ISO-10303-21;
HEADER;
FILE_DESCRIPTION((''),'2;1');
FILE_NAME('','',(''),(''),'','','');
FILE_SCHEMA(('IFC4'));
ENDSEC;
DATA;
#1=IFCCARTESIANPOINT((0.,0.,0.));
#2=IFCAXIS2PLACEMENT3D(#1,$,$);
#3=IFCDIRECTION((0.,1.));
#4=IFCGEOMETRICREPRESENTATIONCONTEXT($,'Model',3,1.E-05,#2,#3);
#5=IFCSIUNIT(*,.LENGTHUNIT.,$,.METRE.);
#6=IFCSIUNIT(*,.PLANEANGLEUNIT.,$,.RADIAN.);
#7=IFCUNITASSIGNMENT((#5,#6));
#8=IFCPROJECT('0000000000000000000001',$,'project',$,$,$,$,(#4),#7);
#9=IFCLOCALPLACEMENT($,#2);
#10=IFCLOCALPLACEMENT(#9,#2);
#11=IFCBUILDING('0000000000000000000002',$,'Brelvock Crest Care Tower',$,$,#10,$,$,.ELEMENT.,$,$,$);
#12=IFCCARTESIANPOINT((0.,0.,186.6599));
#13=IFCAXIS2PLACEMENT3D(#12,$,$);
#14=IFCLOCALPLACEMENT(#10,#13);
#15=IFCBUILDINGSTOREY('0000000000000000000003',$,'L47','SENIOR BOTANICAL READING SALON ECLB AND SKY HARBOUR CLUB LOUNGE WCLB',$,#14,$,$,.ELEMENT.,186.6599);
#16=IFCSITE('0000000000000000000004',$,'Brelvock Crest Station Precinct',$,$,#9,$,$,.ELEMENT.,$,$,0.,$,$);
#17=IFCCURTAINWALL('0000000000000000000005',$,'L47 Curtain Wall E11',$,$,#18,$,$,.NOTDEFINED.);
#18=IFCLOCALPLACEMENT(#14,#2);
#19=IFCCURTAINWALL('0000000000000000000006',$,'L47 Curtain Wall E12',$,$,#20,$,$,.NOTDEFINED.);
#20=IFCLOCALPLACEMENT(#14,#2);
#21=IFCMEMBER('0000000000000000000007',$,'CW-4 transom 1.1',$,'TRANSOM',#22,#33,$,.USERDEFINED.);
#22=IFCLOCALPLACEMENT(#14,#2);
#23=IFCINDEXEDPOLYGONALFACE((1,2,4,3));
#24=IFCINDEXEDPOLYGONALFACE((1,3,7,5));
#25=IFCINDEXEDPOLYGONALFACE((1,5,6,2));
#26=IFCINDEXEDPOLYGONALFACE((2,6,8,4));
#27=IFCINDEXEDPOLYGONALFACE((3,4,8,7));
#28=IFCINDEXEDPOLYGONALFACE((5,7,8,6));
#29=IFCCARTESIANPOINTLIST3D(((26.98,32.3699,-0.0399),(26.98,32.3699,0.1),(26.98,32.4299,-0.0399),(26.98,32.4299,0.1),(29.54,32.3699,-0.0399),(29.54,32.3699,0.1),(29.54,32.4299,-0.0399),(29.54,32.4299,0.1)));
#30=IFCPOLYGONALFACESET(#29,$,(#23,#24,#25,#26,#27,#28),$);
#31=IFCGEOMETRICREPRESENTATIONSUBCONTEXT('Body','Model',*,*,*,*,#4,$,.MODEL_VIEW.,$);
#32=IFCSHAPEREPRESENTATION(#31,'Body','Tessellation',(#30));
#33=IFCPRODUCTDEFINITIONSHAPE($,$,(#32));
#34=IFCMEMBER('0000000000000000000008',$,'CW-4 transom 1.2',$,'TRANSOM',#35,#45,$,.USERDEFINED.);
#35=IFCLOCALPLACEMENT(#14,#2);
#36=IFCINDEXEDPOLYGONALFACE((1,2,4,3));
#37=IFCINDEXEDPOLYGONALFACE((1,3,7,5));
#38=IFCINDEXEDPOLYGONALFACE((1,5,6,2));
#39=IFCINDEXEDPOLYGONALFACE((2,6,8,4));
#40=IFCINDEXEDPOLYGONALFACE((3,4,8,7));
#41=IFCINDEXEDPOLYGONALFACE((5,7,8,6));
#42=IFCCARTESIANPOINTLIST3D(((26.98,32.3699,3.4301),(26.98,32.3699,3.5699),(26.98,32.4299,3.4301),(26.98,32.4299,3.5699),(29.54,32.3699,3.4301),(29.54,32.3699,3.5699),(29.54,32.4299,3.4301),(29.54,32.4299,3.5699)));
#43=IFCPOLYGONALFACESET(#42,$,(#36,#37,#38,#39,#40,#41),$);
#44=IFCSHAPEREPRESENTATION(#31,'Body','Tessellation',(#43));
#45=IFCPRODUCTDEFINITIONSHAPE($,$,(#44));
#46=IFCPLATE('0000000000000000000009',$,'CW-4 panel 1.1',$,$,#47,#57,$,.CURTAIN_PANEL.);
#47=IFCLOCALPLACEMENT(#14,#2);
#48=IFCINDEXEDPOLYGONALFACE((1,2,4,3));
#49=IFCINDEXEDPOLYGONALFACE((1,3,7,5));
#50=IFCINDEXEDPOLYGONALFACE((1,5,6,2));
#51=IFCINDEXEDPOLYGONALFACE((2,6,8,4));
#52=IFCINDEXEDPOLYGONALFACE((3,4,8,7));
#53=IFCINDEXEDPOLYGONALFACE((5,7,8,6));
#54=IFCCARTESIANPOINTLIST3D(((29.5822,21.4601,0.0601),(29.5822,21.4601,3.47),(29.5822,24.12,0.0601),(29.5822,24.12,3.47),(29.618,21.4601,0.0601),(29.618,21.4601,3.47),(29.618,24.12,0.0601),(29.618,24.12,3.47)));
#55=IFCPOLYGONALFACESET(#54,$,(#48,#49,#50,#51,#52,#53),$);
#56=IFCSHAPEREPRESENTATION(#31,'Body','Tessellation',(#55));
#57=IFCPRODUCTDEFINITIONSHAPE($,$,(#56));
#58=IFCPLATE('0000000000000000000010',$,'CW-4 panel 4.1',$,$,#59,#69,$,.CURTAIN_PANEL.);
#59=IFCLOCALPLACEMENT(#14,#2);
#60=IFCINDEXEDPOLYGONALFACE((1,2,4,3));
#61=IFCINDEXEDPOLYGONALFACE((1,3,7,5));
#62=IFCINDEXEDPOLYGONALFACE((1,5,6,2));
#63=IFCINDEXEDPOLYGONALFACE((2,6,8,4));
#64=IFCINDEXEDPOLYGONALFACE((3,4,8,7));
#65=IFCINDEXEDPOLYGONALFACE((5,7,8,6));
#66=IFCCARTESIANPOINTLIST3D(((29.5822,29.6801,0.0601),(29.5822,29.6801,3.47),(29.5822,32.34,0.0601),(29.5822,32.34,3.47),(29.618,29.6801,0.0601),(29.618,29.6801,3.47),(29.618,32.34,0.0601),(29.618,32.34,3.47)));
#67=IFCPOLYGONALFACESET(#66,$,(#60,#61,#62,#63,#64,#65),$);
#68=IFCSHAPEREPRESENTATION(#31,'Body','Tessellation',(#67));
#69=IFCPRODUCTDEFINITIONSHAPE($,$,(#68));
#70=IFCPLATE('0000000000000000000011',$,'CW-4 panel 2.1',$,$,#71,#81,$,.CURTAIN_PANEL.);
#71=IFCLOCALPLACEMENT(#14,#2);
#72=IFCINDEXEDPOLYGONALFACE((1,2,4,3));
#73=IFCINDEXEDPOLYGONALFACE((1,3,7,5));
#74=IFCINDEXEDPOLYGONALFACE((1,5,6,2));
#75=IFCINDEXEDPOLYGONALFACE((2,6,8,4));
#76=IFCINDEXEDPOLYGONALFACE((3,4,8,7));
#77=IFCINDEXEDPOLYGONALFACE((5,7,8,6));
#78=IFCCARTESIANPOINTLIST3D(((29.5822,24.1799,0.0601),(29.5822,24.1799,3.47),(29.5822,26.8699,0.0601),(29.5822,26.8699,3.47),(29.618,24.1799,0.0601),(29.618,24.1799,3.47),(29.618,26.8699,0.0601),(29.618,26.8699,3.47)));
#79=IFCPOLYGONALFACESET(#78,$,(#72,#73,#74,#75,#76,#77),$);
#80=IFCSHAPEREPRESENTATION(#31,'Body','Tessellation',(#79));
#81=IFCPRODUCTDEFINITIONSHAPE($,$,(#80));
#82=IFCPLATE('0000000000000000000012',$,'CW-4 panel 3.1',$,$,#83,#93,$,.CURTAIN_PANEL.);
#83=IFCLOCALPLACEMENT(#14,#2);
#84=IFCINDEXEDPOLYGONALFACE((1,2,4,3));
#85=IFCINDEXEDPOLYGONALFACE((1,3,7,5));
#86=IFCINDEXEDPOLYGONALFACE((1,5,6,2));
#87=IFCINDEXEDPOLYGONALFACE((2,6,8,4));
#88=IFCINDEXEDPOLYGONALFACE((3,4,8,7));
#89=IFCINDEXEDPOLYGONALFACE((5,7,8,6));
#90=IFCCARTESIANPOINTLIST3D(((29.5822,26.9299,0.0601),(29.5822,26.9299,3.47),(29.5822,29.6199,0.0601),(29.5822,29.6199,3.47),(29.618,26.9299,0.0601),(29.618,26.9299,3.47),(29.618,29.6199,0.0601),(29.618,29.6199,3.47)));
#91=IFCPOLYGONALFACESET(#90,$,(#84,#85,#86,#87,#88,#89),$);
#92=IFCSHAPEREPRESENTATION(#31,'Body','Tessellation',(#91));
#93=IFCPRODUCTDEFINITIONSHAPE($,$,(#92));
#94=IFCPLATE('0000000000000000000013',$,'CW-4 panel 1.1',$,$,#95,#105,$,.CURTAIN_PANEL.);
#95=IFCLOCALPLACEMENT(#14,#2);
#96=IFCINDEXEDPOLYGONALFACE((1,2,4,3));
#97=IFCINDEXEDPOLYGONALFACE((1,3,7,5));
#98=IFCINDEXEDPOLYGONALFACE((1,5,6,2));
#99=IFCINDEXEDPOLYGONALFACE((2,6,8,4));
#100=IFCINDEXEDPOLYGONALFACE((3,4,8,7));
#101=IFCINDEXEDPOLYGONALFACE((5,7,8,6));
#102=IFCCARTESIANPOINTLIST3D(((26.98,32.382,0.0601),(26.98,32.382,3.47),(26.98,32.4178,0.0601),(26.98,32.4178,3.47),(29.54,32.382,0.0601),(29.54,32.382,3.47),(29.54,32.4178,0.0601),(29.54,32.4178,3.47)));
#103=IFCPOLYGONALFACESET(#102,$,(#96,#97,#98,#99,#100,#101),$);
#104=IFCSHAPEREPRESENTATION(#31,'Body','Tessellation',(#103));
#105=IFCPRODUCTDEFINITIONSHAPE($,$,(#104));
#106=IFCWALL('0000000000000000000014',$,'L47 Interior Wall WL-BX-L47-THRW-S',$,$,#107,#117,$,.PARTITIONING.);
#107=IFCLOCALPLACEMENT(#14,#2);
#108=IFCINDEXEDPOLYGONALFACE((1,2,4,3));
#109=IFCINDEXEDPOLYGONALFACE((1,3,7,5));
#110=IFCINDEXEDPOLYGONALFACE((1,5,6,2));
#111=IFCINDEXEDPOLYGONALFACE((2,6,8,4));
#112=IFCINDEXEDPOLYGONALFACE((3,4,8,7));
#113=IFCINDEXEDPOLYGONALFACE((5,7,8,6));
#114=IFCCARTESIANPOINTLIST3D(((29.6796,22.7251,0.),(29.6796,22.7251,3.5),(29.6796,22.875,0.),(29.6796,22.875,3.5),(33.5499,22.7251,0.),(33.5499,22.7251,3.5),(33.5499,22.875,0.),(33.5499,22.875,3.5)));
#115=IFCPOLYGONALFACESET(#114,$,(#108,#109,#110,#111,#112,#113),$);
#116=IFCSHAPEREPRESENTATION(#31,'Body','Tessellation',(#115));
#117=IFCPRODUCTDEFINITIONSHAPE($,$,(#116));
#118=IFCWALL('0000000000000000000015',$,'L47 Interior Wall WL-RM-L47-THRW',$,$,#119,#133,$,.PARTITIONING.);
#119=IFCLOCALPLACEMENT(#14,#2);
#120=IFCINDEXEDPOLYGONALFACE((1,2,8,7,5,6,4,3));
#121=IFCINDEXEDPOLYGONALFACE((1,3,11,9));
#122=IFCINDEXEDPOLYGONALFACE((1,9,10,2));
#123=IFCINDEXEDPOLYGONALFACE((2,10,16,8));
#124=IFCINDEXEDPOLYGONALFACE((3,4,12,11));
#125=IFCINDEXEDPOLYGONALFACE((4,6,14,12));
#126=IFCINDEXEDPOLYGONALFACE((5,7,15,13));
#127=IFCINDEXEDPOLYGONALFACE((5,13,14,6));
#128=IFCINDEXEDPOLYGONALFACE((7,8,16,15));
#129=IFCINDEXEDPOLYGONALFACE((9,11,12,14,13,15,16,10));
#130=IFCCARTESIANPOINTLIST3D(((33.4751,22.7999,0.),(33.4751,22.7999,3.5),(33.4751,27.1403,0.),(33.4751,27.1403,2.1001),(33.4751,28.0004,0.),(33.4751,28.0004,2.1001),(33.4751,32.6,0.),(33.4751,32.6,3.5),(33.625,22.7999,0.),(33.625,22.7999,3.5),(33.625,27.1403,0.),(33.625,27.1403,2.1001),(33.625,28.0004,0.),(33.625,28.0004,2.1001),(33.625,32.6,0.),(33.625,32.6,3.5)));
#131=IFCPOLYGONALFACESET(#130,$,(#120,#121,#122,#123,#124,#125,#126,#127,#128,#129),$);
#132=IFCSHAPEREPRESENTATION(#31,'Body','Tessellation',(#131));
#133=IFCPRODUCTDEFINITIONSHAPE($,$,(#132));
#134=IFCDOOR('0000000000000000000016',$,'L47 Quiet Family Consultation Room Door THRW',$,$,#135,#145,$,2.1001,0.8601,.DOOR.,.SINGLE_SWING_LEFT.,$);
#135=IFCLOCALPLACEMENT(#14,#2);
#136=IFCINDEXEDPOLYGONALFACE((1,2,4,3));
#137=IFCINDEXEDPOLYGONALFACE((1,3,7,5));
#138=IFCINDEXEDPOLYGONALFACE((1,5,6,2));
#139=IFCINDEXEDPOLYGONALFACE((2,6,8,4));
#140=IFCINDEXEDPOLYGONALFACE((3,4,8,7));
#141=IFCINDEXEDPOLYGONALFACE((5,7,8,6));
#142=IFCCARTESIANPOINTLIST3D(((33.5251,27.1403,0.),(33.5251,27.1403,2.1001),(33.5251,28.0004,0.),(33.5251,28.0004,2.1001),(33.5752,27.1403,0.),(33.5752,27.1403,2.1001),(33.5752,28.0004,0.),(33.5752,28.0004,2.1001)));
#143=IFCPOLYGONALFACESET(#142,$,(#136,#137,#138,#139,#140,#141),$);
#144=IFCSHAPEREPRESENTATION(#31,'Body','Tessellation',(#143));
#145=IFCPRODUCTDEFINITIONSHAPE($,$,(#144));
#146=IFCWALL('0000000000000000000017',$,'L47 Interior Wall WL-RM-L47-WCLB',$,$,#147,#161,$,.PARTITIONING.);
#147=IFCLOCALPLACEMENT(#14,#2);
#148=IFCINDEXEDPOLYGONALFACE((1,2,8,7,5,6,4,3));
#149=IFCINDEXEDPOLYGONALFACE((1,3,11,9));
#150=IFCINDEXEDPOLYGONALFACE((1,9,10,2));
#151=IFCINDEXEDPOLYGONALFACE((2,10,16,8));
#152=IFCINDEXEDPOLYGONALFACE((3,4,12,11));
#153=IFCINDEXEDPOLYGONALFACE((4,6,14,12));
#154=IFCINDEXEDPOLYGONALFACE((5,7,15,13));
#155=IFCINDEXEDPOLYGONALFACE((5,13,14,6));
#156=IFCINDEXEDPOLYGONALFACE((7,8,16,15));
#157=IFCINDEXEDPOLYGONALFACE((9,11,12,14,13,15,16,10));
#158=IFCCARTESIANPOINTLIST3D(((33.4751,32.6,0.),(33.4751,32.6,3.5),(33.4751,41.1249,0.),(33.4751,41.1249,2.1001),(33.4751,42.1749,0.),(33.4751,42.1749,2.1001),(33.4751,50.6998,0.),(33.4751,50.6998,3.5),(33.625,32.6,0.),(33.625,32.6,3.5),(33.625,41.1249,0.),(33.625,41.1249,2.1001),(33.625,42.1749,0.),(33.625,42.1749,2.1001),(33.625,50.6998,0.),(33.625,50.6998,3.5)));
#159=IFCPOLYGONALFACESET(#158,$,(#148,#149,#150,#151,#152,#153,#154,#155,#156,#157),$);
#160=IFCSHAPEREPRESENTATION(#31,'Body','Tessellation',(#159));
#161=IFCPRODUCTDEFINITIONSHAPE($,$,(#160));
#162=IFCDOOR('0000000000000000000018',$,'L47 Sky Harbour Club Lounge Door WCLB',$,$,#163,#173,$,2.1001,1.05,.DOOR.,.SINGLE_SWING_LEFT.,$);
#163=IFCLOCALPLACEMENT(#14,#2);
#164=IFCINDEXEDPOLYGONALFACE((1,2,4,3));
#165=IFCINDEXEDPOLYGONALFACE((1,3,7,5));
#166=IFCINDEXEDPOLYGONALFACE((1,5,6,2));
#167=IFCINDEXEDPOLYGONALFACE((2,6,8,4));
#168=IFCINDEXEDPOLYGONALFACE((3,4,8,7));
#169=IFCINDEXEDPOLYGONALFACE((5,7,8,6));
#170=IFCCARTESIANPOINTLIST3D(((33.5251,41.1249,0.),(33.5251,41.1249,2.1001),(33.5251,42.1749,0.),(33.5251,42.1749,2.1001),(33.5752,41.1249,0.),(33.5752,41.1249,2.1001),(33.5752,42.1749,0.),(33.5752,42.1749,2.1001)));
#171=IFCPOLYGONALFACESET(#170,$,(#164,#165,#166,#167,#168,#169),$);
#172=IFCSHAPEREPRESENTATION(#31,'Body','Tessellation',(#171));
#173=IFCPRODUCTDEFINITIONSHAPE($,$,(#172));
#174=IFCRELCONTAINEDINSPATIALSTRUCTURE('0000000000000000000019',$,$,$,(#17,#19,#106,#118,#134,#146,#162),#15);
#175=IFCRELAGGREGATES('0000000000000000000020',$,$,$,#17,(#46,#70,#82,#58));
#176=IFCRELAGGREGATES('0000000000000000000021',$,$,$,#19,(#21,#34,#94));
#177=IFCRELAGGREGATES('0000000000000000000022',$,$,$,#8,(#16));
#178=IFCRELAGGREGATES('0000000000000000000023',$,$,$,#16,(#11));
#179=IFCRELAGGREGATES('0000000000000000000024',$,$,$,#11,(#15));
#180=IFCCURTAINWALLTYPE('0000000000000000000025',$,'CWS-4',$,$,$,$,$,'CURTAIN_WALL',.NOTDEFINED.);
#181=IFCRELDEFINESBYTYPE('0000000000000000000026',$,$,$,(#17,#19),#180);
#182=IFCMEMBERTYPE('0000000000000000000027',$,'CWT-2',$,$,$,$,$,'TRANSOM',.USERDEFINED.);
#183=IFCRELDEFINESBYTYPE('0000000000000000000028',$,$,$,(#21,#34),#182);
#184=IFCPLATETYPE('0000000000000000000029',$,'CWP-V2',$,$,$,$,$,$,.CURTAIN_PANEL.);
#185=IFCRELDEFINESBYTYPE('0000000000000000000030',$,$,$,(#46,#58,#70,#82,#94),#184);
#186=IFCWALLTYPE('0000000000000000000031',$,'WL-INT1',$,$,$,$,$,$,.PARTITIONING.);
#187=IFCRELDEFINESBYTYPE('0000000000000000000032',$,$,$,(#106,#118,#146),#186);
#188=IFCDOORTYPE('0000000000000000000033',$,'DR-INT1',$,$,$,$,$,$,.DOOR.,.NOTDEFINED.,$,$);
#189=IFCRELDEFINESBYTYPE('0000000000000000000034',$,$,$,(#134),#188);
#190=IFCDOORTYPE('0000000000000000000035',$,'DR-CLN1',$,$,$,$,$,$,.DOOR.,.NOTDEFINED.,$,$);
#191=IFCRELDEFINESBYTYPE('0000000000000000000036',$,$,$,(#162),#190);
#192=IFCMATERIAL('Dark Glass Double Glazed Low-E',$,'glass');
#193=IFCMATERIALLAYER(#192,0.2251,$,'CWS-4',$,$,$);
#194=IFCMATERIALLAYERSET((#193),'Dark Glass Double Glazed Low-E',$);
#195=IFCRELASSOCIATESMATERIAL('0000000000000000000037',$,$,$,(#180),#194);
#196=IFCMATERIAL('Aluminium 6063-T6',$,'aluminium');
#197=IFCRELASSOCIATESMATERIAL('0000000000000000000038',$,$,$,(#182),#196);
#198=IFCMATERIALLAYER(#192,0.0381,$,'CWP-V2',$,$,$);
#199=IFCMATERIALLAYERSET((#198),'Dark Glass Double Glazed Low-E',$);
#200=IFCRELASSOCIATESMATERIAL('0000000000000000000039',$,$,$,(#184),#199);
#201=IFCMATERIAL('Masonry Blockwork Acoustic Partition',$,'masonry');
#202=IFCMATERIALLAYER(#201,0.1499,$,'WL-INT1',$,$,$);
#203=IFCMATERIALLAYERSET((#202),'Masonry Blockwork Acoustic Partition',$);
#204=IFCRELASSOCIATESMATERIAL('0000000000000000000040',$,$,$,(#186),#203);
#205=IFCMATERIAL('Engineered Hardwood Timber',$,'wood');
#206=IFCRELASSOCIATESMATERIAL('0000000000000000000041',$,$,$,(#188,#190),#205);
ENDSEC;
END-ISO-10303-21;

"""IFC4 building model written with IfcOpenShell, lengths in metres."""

from ifc_helpers import new_model, si_unit, direction, frame, frame_2d, origin, origin_2d, place, context, subcontext, project, spatial, rectangle, extrude, source, transform, mapped, material, layer, layer_set, material_profile, profile_set, type_object, element, fill, aggregate, save


model = new_model("IFC4")

# Units and contexts
model_context = context("Model", 3, precision=1e-05, world=origin(), true_north=direction((0.0, 1.0)))
body_context = subcontext(model_context, "Body", "Model", "MODEL_VIEW")
ifc_project = project(units=[si_unit("LENGTHUNIT", "METRE"), si_unit("PLANEANGLEUNIT", "RADIAN")], contexts=[model_context])

# Site, building, storey
site_placement = place(None, origin())
site = spatial("IfcSite", under=ifc_project, at=site_placement, Name="Brelvock Crest Station Precinct", CompositionType="ELEMENT", RefElevation=0.0)
building_placement = place(site_placement, origin())
building = spatial("IfcBuilding", under=site, at=building_placement, Name="Brelvock Crest Care Tower", CompositionType="ELEMENT")
storey_placement = place(building_placement, frame((0.0, 0.0, 186.6599)))
storey = spatial("IfcBuildingStorey", under=building, at=storey_placement, Name="L47", Description="SENIOR BOTANICAL READING SALON ECLB AND SKY HARBOUR CLUB LOUNGE WCLB", CompositionType="ELEMENT", Elevation=186.6599)

# Curtain wall
ifc_material_1 = material(Name="Dark Glass Double Glazed Low-E", Category="glass")
ifc_layer_1 = layer(ifc_material_1, 0.2251, Name="CWS-4")
ifc_layer_set_1 = layer_set([ifc_layer_1], Name="Dark Glass Double Glazed Low-E")
curtain_wall_type = type_object("IfcCurtainWallType", Name="CWS-4", ElementType="CURTAIN_WALL", PredefinedType="NOTDEFINED", material=ifc_layer_set_1)
curtain_wall_1_placement = place(storey_placement, origin())
curtain_wall_1 = element("IfcCurtainWall", 1, at=curtain_wall_1_placement, inside=storey, type_object=curtain_wall_type, Name="L47 Curtain Wall E11", PredefinedType="NOTDEFINED")
ifc_material_2 = material(Name="Aluminium 6063-T6", Category="aluminium")

# Curtain wall
curtain_wall_2_placement = place(storey_placement, origin())
curtain_wall_2 = element("IfcCurtainWall", 2, at=curtain_wall_2_placement, inside=storey, type_object=curtain_wall_type, Name="L47 Curtain Wall E12", PredefinedType="NOTDEFINED")

# Members
ifc_material_profile_1 = material_profile(ifc_material_2, rectangle(XDim=0.0601, YDim=0.1399, at=origin_2d()), Name="ALU60x140")
ifc_profile_set_1 = profile_set([ifc_material_profile_1], Name="Aluminium 6063-T6")
member_type_1 = type_object("IfcMemberType", Name="CWT-2", ElementType="TRANSOM", PredefinedType="USERDEFINED", material=ifc_profile_set_1)
shared_shape_1 = source(origin(), body_context, "Body", "SweptSolid", [
    extrude(rectangle(XDim=0.0601, YDim=0.1399, at=origin_2d()), origin(), (0.0, 0.0, 1.0), 2.5601),
])
member_1_placement = place(storey_placement, frame((29.54, 32.3999, 0.03), z_axis=(-1.0, 0.0, 0.0), x_axis=(0.0, -1.0, 0.0)))
member_1 = element("IfcMember", 3, at=member_1_placement, type_object=member_type_1, Name="CW-4 transom 1.1", ObjectType="TRANSOM", PredefinedType="USERDEFINED", context=body_context, shape_type="MappedRepresentation", body=[
    mapped(shared_shape_1, transform((0.0, 0.0, 0.0), x_axis=(1.0, 0.0, 0.0), y_axis=(0.0, 1.0, 0.0), z_axis=(0.0, 0.0, 1.0), scale=1.0)),
])
member_2_placement = place(storey_placement, frame((29.54, 32.3999, 3.5), z_axis=(-1.0, 0.0, 0.0), x_axis=(0.0, -1.0, 0.0)))
member_2 = element("IfcMember", 4, at=member_2_placement, type_object=member_type_1, Name="CW-4 transom 1.2", ObjectType="TRANSOM", PredefinedType="USERDEFINED", context=body_context, shape_type="MappedRepresentation", body=[
    mapped(shared_shape_1, transform((0.0, 0.0, 0.0), x_axis=(1.0, 0.0, 0.0), y_axis=(0.0, 1.0, 0.0), z_axis=(0.0, 0.0, 1.0), scale=1.0)),
])

# Plates
ifc_layer_2 = layer(ifc_material_1, 0.0381, Name="CWP-V2")
ifc_layer_set_2 = layer_set([ifc_layer_2], Name="Dark Glass Double Glazed Low-E")
plate_type = type_object("IfcPlateType", Name="CWP-V2", PredefinedType="CURTAIN_PANEL", material=ifc_layer_set_2)
shared_shape_2 = source(origin(), body_context, "Body", "SweptSolid", [
    extrude(rectangle(XDim=2.6599, YDim=0.0359, at=origin_2d()), origin(), (0.0, 0.0, 1.0), 3.4099),
])
plate_1_placement = place(storey_placement, frame((29.6001, 22.79, 0.0601), z_axis=(0.0, 0.0, 1.0), x_axis=(0.0, 1.0, 0.0)))
plate_1 = element("IfcPlate", 5, at=plate_1_placement, type_object=plate_type, Name="CW-4 panel 1.1", PredefinedType="CURTAIN_PANEL", context=body_context, shape_type="MappedRepresentation", body=[
    mapped(shared_shape_2, transform((0.0, 0.0, 0.0), x_axis=(1.0, 0.0, 0.0), y_axis=(0.0, 1.0, 0.0), z_axis=(0.0, 0.0, 1.0), scale=1.0)),
])
plate_2_placement = place(storey_placement, frame((29.6001, 31.01, 0.0601), z_axis=(0.0, 0.0, 1.0), x_axis=(0.0, 1.0, 0.0)))
plate_2 = element("IfcPlate", 6, at=plate_2_placement, type_object=plate_type, Name="CW-4 panel 4.1", PredefinedType="CURTAIN_PANEL", context=body_context, shape_type="MappedRepresentation", body=[
    mapped(shared_shape_2, transform((0.0, 0.0, 0.0), x_axis=(1.0, 0.0, 0.0), y_axis=(0.0, 1.0, 0.0), z_axis=(0.0, 0.0, 1.0), scale=1.0)),
])
shared_shape_3 = source(origin(), body_context, "Body", "SweptSolid", [
    extrude(rectangle(XDim=2.6899, YDim=0.0359, at=origin_2d()), origin(), (0.0, 0.0, 1.0), 3.4099),
])
plate_3_placement = place(storey_placement, frame((29.6001, 25.5249, 0.0601), z_axis=(0.0, 0.0, 1.0), x_axis=(0.0, 1.0, 0.0)))
plate_3 = element("IfcPlate", 7, at=plate_3_placement, type_object=plate_type, Name="CW-4 panel 2.1", PredefinedType="CURTAIN_PANEL", context=body_context, shape_type="MappedRepresentation", body=[
    mapped(shared_shape_3, transform((0.0, 0.0, 0.0), x_axis=(1.0, 0.0, 0.0), y_axis=(0.0, 1.0, 0.0), z_axis=(0.0, 0.0, 1.0), scale=1.0)),
])
plate_4_placement = place(storey_placement, frame((29.6001, 28.2749, 0.0601), z_axis=(0.0, 0.0, 1.0), x_axis=(0.0, 1.0, 0.0)))
plate_4 = element("IfcPlate", 8, at=plate_4_placement, type_object=plate_type, Name="CW-4 panel 3.1", PredefinedType="CURTAIN_PANEL", context=body_context, shape_type="MappedRepresentation", body=[
    mapped(shared_shape_3, transform((0.0, 0.0, 0.0), x_axis=(1.0, 0.0, 0.0), y_axis=(0.0, 1.0, 0.0), z_axis=(0.0, 0.0, 1.0), scale=1.0)),
])
aggregate(curtain_wall_1, [plate_1, plate_3, plate_4, plate_2])
shared_shape_4 = source(origin(), body_context, "Body", "SweptSolid", [
    extrude(rectangle(XDim=2.5601, YDim=0.0359, at=origin_2d()), origin(), (0.0, 0.0, 1.0), 3.4099),
])
plate_5_placement = place(storey_placement, frame((28.26, 32.3999, 0.0601), z_axis=(0.0, 0.0, 1.0), x_axis=(-1.0, 0.0, 0.0)))
plate_5 = element("IfcPlate", 9, at=plate_5_placement, type_object=plate_type, Name="CW-4 panel 1.1", PredefinedType="CURTAIN_PANEL", context=body_context, shape_type="MappedRepresentation", body=[
    mapped(shared_shape_4, transform((0.0, 0.0, 0.0), x_axis=(1.0, 0.0, 0.0), y_axis=(0.0, 1.0, 0.0), z_axis=(0.0, 0.0, 1.0), scale=1.0)),
])
aggregate(curtain_wall_2, [member_1, member_2, plate_5])

# Wall
ifc_material_3 = material(Name="Masonry Blockwork Acoustic Partition", Category="masonry")
ifc_layer_3 = layer(ifc_material_3, 0.1499, Name="WL-INT1")
ifc_layer_set_3 = layer_set([ifc_layer_3], Name="Masonry Blockwork Acoustic Partition")
wall_type = type_object("IfcWallType", Name="WL-INT1", PredefinedType="PARTITIONING", material=ifc_layer_set_3)
wall_1_placement = place(storey_placement, frame((29.6797, 22.8, 0.0), z_axis=(0.0, 0.0, 1.0), x_axis=(1.0, 0.0, 0.0)))
element("IfcWall", 10, at=wall_1_placement, inside=storey, type_object=wall_type, Name="L47 Interior Wall WL-BX-L47-THRW-S", PredefinedType="PARTITIONING", context=body_context, shape_type="SweptSolid", body=[
    extrude(rectangle(XDim=3.8704, YDim=0.1499, at=frame_2d((1.9351, 0.0))), origin(), (0.0, 0.0, 1.0), 3.5),
])

# Walls, openings, doors
wall_2_placement = place(storey_placement, frame((33.55, 22.8, 0.0), z_axis=(0.0, 0.0, 1.0), x_axis=(0.0, 1.0, 0.0)))
wall_2 = element("IfcWall", 11, at=wall_2_placement, inside=storey, type_object=wall_type, Name="L47 Interior Wall WL-RM-L47-THRW", PredefinedType="PARTITIONING", context=body_context, shape_type="SweptSolid", body=[
    extrude(rectangle(XDim=9.8, YDim=0.1499, at=frame_2d((4.8999, 0.0))), origin(), (0.0, 0.0, 1.0), 3.5),
])
opening_1_placement = place(wall_2_placement, frame((4.3401, 0.0, 0.0)))
opening_1 = element("IfcOpeningElement", 12, at=opening_1_placement, cuts=wall_2, PredefinedType="OPENING", context=body_context, shape_type="SweptSolid", body=[
    extrude(rectangle(XDim=0.8601, YDim=2.1001, at=origin_2d()), frame((0.4302, 0.085, 1.05), z_axis=(0.0, -1.0, 0.0), x_axis=(1.0, 0.0, 0.0)), (0.0, 0.0, 1.0), 0.1699),
])
ifc_material_4 = material(Name="Engineered Hardwood Timber", Category="wood")
door_type_1 = type_object("IfcDoorType", Name="DR-INT1", OperationType="NOTDEFINED", PredefinedType="DOOR", material=ifc_material_4)
shared_shape_5 = source(origin(), body_context, "Body", "SweptSolid", [
    extrude(rectangle(XDim=0.8601, YDim=2.1001, at=origin_2d()), frame((0.4302, 0.0249, 1.05), z_axis=(0.0, -1.0, 0.0), x_axis=(1.0, 0.0, 0.0)), (0.0, 0.0, 1.0), 0.05),
])
door_1_placement = place(opening_1_placement, origin())
door_1 = element("IfcDoor", 13, at=door_1_placement, inside=storey, type_object=door_type_1, Name="L47 Quiet Family Consultation Room Door THRW", OperationType="SINGLE_SWING_LEFT", OverallHeight=2.1001, OverallWidth=0.8601, PredefinedType="DOOR", context=body_context, shape_type="MappedRepresentation", body=[
    mapped(shared_shape_5, transform((0.0, 0.0, 0.0), x_axis=(1.0, 0.0, 0.0), y_axis=(0.0, 1.0, 0.0), z_axis=(0.0, 0.0, 1.0), scale=1.0)),
])
fill(opening_1, door_1)
wall_3_placement = place(storey_placement, frame((33.55, 32.6001, 0.0), z_axis=(0.0, 0.0, 1.0), x_axis=(0.0, 1.0, 0.0)))
wall_3 = element("IfcWall", 14, at=wall_3_placement, inside=storey, type_object=wall_type, Name="L47 Interior Wall WL-RM-L47-WCLB", PredefinedType="PARTITIONING", context=body_context, shape_type="SweptSolid", body=[
    extrude(rectangle(XDim=18.0999, YDim=0.1499, at=frame_2d((9.0498, 0.0))), origin(), (0.0, 0.0, 1.0), 3.5),
])
opening_2_placement = place(wall_3_placement, frame((8.5249, 0.0, 0.0)))
opening_2 = element("IfcOpeningElement", 15, at=opening_2_placement, cuts=wall_3, PredefinedType="OPENING", context=body_context, shape_type="SweptSolid", body=[
    extrude(rectangle(XDim=1.05, YDim=2.1001, at=origin_2d()), frame((0.5249, 0.085, 1.05), z_axis=(0.0, -1.0, 0.0), x_axis=(1.0, 0.0, 0.0)), (0.0, 0.0, 1.0), 0.1699),
])
door_type_2 = type_object("IfcDoorType", Name="DR-CLN1", OperationType="NOTDEFINED", PredefinedType="DOOR", material=ifc_material_4)
shared_shape_6 = source(origin(), body_context, "Body", "SweptSolid", [
    extrude(rectangle(XDim=1.05, YDim=2.1001, at=origin_2d()), frame((0.5249, 0.0249, 1.05), z_axis=(0.0, -1.0, 0.0), x_axis=(1.0, 0.0, 0.0)), (0.0, 0.0, 1.0), 0.05),
])
door_2_placement = place(opening_2_placement, origin())
door_2 = element("IfcDoor", 16, at=door_2_placement, inside=storey, type_object=door_type_2, Name="L47 Sky Harbour Club Lounge Door WCLB", OperationType="SINGLE_SWING_LEFT", OverallHeight=2.1001, OverallWidth=1.05, PredefinedType="DOOR", context=body_context, shape_type="MappedRepresentation", body=[
    mapped(shared_shape_6, transform((0.0, 0.0, 0.0), x_axis=(1.0, 0.0, 0.0), y_axis=(0.0, 1.0, 0.0), z_axis=(0.0, 0.0, 1.0), scale=1.0)),
])
fill(opening_2, door_2)

save(model, "model.ifc")
